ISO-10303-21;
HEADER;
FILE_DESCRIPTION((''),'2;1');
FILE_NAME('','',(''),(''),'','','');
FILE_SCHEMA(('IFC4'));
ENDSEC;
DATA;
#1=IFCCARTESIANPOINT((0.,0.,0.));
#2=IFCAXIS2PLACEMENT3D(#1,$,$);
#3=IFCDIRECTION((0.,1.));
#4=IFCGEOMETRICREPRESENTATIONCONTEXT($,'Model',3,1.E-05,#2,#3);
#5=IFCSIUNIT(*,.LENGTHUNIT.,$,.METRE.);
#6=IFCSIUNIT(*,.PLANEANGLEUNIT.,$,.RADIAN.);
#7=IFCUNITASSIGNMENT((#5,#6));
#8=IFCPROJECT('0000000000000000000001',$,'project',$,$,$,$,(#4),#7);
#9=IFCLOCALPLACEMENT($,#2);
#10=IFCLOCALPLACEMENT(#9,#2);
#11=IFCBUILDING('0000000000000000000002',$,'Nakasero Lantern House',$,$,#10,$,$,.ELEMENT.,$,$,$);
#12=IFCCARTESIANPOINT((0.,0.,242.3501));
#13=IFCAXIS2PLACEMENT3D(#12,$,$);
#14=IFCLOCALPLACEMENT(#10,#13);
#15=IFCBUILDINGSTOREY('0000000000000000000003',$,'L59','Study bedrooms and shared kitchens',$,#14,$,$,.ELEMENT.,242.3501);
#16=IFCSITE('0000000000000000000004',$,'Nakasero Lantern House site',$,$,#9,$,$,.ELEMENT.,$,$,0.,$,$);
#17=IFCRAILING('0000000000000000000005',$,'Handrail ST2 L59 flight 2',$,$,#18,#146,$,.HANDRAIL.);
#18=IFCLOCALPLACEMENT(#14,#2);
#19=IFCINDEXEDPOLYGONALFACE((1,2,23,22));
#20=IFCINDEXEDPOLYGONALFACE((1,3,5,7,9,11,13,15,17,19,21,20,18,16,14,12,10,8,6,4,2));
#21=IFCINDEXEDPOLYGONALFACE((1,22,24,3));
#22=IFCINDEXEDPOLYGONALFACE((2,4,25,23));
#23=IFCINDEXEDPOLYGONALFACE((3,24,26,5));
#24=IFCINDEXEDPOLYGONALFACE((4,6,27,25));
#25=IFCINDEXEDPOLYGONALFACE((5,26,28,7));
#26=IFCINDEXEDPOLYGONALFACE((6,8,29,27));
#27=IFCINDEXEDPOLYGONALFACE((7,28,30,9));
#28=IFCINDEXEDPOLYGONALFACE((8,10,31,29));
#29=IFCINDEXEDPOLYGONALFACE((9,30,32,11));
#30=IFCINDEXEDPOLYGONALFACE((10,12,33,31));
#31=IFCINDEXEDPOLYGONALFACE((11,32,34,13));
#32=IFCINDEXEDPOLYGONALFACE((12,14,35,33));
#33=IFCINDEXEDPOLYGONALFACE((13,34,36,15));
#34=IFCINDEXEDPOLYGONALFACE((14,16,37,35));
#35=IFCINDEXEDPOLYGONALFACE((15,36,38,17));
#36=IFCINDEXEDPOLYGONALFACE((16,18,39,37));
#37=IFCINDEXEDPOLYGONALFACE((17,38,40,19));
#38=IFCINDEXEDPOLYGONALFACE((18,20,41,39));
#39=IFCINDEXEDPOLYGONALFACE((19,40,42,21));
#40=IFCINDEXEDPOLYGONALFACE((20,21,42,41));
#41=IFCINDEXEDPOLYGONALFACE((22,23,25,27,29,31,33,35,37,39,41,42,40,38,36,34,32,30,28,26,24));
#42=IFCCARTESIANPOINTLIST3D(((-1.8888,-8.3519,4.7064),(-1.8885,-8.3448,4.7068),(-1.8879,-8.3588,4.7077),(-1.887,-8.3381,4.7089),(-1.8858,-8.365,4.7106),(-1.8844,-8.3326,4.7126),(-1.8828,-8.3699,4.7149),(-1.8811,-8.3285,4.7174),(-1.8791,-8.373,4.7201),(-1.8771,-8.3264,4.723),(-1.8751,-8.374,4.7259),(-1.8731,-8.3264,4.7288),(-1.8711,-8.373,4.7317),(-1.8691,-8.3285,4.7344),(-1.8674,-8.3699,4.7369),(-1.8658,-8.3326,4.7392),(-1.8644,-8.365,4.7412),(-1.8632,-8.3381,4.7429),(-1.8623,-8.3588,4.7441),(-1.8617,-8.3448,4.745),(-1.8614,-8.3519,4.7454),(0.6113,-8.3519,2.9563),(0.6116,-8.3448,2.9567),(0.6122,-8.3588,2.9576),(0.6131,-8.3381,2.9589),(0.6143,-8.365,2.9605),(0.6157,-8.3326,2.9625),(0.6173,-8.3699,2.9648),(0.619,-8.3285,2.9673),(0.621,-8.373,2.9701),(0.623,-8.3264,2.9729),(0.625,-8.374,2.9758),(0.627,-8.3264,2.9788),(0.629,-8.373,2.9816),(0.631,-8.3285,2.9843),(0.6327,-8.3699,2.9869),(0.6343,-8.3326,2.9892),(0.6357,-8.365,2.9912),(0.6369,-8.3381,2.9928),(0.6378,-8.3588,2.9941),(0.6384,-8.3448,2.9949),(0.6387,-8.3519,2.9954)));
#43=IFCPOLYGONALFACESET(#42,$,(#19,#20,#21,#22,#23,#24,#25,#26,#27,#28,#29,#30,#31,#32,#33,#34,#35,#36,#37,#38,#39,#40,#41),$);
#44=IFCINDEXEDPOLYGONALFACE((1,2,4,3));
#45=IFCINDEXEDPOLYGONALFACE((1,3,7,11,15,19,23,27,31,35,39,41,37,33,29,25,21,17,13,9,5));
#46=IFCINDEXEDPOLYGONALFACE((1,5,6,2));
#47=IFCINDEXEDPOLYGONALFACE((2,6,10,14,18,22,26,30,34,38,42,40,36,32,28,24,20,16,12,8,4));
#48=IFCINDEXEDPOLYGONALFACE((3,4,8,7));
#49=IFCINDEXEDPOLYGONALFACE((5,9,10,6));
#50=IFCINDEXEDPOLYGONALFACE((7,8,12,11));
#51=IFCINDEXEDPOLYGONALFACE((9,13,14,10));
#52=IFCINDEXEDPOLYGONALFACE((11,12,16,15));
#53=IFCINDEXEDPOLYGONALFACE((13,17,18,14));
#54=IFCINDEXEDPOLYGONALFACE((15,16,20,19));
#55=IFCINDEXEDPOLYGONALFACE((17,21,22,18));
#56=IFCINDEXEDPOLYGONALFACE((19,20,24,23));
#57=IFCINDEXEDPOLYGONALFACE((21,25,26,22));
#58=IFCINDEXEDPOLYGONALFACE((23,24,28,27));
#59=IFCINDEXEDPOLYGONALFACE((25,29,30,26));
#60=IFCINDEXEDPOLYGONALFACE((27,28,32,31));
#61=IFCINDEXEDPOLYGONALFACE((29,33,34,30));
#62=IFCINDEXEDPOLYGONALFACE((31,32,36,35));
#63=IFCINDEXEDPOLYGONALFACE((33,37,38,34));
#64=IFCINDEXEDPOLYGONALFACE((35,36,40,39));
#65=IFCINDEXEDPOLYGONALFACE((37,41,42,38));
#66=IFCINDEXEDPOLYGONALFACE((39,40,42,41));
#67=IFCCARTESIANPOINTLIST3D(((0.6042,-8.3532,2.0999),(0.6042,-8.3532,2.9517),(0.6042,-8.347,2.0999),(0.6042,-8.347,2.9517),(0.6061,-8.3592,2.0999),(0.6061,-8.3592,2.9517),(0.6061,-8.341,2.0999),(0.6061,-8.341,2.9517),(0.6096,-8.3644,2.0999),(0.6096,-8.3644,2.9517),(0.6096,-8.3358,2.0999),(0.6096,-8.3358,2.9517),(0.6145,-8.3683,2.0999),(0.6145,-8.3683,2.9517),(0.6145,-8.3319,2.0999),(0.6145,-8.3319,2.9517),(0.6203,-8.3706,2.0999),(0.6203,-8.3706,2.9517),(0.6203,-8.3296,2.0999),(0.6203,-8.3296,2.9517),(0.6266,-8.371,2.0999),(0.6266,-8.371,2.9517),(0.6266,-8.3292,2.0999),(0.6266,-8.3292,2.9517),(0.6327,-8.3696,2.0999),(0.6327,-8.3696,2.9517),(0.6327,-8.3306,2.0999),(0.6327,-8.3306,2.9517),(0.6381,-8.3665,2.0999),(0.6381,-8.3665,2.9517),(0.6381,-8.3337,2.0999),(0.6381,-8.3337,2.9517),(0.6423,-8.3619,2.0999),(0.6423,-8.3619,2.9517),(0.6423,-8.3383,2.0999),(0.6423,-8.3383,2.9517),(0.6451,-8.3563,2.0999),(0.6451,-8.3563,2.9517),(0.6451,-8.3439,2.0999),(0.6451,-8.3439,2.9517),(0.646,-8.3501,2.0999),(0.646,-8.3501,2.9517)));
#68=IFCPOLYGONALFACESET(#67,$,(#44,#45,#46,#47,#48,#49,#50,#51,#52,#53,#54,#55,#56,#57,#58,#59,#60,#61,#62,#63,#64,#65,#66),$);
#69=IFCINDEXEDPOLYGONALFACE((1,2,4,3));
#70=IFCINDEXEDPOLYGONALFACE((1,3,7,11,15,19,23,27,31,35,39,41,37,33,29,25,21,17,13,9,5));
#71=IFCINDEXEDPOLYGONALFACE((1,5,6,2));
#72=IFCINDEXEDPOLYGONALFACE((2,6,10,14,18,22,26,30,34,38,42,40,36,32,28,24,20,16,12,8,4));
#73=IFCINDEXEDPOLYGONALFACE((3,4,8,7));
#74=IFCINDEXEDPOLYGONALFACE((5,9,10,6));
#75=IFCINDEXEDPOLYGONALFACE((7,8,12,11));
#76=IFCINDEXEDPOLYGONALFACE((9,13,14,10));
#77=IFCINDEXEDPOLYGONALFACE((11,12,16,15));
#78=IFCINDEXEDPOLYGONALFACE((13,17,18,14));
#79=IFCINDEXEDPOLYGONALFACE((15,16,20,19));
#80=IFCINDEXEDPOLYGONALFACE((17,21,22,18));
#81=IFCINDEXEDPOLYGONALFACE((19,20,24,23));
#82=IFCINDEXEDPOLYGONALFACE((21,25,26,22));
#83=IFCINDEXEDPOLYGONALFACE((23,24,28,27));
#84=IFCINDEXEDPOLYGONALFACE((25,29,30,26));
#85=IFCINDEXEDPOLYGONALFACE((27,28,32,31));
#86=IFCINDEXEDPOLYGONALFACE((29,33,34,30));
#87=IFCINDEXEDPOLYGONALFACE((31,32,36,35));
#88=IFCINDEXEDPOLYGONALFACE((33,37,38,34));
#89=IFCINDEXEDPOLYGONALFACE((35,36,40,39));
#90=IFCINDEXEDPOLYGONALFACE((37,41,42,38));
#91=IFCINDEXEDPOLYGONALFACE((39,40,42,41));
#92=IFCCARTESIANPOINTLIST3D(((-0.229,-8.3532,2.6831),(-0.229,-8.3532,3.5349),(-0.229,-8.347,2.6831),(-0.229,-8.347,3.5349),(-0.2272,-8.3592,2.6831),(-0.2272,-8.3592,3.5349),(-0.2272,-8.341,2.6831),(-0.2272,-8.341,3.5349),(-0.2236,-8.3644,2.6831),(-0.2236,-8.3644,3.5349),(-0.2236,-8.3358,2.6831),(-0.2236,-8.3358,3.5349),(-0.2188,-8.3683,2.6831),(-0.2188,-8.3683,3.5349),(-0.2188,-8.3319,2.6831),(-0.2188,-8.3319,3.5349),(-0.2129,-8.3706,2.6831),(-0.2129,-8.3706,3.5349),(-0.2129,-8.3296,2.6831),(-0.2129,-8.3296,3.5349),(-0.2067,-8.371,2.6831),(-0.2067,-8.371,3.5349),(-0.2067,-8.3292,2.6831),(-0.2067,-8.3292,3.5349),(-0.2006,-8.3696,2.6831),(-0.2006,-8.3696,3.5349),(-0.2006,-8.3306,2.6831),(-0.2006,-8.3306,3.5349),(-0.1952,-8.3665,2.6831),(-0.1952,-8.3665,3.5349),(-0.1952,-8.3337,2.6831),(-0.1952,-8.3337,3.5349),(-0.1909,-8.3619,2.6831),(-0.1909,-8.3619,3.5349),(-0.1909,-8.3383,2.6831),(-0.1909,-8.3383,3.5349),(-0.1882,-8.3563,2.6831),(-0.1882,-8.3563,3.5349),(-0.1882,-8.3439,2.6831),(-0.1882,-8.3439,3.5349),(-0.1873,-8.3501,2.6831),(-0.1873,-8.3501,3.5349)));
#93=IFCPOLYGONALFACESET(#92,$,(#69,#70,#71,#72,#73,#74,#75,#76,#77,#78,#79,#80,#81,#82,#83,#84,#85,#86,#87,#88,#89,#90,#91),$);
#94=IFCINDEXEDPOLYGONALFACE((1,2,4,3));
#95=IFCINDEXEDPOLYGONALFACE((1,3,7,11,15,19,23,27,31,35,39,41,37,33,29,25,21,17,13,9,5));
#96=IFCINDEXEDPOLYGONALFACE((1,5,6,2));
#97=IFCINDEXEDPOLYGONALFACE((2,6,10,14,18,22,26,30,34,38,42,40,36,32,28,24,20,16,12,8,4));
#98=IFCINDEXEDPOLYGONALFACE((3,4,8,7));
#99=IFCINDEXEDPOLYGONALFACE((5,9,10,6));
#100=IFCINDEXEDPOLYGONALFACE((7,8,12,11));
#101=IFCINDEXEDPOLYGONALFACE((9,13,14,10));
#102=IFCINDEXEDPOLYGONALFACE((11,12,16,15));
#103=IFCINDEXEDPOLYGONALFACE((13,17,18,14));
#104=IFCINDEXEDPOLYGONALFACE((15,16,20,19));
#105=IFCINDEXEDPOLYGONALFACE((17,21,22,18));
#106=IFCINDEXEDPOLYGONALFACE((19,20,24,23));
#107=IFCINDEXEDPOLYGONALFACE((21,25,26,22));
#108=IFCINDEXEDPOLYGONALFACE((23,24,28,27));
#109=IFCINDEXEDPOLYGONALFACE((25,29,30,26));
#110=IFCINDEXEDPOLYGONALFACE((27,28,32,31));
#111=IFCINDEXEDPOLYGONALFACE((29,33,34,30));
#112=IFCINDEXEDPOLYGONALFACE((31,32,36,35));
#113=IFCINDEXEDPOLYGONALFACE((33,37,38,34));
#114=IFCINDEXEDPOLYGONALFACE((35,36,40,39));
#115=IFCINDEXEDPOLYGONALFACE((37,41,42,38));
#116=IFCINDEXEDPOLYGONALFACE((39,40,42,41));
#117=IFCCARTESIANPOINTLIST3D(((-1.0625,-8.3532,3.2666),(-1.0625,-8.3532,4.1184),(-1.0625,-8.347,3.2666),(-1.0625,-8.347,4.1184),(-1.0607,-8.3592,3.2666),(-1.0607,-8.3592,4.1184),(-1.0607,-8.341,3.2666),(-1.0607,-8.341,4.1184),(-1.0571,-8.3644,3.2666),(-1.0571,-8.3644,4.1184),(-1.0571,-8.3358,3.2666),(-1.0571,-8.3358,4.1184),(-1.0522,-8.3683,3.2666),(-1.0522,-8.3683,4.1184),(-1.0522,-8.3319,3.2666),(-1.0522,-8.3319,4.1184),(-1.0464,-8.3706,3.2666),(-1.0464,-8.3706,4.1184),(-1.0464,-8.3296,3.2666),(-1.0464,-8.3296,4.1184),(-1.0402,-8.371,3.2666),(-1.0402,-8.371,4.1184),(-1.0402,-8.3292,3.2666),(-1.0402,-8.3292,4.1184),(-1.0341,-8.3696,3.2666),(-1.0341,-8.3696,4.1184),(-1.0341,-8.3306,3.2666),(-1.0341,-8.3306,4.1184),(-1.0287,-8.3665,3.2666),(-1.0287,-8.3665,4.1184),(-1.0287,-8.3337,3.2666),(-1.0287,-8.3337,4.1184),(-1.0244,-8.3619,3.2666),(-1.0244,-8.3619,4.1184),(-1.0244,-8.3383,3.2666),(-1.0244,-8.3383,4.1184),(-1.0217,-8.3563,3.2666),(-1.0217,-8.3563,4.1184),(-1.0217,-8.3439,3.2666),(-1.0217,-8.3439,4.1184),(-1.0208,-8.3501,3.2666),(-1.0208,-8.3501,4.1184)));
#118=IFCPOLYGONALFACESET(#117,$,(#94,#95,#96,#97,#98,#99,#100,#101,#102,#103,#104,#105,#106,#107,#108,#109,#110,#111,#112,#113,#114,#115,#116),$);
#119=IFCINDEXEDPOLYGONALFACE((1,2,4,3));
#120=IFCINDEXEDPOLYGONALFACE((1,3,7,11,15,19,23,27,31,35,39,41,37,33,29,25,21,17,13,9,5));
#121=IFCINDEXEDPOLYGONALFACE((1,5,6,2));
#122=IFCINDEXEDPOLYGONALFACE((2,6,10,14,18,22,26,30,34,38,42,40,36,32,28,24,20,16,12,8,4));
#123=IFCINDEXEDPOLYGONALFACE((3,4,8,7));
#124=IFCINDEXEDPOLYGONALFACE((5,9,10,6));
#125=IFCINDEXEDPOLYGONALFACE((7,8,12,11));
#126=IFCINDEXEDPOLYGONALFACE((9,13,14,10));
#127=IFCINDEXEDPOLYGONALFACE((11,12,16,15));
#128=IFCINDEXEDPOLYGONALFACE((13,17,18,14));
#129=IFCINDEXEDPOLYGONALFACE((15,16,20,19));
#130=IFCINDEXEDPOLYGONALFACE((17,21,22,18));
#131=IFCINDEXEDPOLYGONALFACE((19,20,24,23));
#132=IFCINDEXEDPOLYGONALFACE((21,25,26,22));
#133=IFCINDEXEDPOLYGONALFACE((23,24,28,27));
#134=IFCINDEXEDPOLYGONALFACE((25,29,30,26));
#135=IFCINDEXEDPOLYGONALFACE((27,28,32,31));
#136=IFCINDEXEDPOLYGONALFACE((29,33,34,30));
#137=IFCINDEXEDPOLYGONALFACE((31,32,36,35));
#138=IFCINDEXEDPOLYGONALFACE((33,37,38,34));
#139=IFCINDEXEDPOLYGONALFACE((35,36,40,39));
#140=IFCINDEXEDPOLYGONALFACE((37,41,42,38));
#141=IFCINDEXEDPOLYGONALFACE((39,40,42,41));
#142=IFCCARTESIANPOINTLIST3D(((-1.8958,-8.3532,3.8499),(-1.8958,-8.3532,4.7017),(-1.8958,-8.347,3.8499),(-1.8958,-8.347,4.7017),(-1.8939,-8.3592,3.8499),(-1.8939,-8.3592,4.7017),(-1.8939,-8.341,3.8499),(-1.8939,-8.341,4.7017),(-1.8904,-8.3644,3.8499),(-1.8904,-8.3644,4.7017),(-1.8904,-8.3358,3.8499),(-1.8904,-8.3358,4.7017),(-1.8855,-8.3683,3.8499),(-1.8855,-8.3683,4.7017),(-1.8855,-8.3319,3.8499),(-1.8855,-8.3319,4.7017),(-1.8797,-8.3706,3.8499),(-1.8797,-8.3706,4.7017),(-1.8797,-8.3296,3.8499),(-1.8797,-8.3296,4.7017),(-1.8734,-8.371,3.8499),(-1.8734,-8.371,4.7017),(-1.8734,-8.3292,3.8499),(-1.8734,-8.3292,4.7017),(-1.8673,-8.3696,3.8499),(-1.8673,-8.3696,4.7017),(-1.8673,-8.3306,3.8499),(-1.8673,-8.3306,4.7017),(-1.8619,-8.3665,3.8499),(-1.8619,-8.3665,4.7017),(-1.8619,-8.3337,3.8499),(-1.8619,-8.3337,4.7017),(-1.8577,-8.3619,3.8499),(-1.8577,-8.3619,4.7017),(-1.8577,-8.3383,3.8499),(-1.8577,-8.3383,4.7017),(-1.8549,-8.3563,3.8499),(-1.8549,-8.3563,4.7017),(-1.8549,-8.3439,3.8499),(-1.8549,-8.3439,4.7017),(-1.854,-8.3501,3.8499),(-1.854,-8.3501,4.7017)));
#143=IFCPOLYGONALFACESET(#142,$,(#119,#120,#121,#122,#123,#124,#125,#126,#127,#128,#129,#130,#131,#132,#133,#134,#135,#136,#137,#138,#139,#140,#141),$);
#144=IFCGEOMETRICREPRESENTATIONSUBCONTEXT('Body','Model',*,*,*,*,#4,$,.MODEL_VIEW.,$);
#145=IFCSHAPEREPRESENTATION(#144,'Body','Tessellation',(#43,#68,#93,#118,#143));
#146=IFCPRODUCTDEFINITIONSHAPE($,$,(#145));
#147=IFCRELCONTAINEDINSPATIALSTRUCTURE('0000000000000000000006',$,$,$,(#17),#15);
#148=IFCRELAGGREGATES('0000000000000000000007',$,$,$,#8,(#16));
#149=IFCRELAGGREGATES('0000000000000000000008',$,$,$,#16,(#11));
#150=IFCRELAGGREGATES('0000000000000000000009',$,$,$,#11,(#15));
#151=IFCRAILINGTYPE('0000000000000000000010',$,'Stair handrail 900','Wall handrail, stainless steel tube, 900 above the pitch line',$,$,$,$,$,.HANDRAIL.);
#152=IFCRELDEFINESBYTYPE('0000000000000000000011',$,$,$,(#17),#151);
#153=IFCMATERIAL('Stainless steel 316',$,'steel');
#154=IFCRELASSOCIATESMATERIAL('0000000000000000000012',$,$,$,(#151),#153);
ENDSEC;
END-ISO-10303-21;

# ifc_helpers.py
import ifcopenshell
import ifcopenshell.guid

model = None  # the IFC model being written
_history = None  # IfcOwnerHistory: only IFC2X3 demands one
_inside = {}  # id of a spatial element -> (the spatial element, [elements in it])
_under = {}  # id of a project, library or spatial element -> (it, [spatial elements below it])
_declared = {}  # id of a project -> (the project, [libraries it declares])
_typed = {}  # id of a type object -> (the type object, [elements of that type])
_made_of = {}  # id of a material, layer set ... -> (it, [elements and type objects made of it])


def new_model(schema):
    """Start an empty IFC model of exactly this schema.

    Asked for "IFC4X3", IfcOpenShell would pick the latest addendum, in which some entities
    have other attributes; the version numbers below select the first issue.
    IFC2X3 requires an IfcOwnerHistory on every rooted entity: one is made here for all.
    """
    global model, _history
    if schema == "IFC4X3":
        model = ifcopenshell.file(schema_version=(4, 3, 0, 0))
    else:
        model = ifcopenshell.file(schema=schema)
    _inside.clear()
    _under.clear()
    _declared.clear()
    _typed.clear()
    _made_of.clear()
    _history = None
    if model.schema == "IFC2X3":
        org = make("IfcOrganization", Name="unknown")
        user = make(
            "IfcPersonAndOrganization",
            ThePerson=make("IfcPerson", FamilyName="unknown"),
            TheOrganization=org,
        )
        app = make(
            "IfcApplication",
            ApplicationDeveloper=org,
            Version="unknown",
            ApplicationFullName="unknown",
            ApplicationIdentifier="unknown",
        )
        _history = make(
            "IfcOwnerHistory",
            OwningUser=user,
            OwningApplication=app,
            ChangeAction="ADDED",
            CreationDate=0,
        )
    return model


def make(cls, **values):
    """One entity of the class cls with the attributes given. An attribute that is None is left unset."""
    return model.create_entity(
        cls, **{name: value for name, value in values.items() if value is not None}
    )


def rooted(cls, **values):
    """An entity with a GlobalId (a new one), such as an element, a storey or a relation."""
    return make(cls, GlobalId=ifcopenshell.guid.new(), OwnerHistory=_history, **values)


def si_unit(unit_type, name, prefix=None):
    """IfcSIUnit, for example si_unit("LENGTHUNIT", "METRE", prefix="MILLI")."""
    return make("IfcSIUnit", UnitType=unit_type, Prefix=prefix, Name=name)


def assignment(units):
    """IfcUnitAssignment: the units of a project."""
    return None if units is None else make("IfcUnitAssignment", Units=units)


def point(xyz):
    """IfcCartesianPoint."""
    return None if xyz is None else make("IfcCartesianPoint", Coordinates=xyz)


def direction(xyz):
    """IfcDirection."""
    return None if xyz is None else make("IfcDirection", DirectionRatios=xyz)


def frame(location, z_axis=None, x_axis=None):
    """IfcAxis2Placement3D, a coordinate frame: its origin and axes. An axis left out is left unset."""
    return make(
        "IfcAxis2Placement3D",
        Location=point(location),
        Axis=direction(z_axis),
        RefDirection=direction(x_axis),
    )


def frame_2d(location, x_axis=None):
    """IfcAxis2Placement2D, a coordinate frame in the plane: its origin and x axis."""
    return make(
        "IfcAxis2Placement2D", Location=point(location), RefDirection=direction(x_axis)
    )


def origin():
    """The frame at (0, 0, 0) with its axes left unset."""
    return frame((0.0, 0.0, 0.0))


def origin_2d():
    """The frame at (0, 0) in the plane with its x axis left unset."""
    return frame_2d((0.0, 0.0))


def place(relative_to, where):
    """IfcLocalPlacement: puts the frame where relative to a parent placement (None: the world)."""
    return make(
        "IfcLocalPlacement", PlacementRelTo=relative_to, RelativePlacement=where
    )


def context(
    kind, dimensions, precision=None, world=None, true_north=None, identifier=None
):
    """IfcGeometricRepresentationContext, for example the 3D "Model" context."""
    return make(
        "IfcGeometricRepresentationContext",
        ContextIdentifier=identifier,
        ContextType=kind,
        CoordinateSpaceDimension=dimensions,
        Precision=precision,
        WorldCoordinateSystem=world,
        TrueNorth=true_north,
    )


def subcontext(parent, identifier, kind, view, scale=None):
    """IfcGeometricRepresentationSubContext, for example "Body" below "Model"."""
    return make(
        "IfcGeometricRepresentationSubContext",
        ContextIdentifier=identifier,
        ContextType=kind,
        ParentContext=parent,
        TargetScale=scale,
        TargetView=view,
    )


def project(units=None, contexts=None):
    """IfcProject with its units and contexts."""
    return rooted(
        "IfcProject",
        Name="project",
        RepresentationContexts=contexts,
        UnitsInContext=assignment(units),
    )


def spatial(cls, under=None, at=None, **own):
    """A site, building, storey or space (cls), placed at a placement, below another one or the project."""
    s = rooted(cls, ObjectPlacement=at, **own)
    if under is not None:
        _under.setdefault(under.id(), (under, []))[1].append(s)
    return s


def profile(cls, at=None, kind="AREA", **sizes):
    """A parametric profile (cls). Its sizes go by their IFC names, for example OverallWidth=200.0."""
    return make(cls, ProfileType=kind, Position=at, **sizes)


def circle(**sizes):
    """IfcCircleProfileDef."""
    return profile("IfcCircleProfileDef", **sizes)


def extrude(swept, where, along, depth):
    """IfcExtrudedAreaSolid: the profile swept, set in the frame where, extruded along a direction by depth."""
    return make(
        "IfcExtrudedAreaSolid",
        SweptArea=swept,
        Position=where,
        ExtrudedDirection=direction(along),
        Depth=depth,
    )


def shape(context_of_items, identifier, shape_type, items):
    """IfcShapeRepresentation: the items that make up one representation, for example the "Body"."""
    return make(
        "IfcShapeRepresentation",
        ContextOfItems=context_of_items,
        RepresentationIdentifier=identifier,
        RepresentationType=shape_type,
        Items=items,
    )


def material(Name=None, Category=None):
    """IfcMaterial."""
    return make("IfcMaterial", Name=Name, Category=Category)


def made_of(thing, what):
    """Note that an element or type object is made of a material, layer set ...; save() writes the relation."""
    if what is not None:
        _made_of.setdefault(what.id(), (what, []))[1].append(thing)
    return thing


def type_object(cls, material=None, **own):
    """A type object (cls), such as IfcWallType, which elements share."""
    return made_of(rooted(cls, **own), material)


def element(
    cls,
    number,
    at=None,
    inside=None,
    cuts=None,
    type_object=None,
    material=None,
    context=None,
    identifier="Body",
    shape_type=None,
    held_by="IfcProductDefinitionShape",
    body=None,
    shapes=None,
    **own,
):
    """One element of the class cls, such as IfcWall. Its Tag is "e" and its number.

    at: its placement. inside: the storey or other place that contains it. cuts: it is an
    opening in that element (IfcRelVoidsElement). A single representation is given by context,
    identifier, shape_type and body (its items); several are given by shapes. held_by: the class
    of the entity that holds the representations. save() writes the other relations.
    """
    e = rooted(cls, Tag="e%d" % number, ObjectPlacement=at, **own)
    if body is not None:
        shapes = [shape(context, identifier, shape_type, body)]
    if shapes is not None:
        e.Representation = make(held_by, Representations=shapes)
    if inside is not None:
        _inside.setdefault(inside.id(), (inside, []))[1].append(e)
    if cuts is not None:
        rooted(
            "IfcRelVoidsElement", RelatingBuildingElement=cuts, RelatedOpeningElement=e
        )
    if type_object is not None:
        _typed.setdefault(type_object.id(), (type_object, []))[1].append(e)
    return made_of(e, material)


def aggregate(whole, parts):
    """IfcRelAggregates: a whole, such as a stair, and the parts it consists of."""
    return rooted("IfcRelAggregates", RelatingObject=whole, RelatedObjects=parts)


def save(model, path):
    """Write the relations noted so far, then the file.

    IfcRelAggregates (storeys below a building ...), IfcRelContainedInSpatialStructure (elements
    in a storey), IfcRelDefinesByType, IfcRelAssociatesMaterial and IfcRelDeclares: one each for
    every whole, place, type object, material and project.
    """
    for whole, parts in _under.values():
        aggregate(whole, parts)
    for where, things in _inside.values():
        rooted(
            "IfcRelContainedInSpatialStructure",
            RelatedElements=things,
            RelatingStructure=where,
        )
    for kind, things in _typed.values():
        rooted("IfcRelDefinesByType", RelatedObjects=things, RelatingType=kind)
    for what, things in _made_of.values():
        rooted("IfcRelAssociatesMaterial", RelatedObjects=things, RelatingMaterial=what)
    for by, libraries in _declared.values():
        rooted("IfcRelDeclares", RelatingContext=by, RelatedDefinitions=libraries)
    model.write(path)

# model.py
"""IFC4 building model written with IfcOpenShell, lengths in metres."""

from ifc_helpers import new_model, si_unit, direction, frame, origin, origin_2d, place, context, subcontext, project, spatial, circle, extrude, material, type_object, element, save


model = new_model("IFC4")

# Units and contexts
model_context = context("Model", 3, precision=1e-05, world=origin(), true_north=direction((0.0, 1.0)))
body_context = subcontext(model_context, "Body", "Model", "MODEL_VIEW")
ifc_project = project(units=[si_unit("LENGTHUNIT", "METRE"), si_unit("PLANEANGLEUNIT", "RADIAN")], contexts=[model_context])

# Site, building, storey
site_placement = place(None, origin())
site = spatial("IfcSite", under=ifc_project, at=site_placement, Name="Nakasero Lantern House site", CompositionType="ELEMENT", RefElevation=0.0)
building_placement = place(site_placement, origin())
building = spatial("IfcBuilding", under=site, at=building_placement, Name="Nakasero Lantern House", CompositionType="ELEMENT")
storey_placement = place(building_placement, frame((0.0, 0.0, 242.3501)))
storey = spatial("IfcBuildingStorey", under=building, at=storey_placement, Name="L59", Description="Study bedrooms and shared kitchens", CompositionType="ELEMENT", Elevation=242.3501)

# Railing
ifc_material_1 = material(Name="Stainless steel 316", Category="steel")
railing_type = type_object("IfcRailingType", Name="Stair handrail 900", Description="Wall handrail, stainless steel tube, 900 above the pitch line", PredefinedType="HANDRAIL", material=ifc_material_1)
railing_placement = place(storey_placement, frame((0.625, -8.3501, 2.0999)))
element("IfcRailing", 1, at=railing_placement, inside=storey, type_object=railing_type, Name="Handrail ST2 L59 flight 2", PredefinedType="HANDRAIL", context=body_context, shape_type="SweptSolid", body=[
    extrude(circle(Radius=0.0239, at=origin_2d()), frame((0.0, 0.0, 0.876), z_axis=(-0.819232, 0.0, 0.573462), x_axis=(0.0, -1.0, 0.0)), (0.0, 0.0, 1.0), 3.0518),
    extrude(circle(Radius=0.021, at=origin_2d()), origin(), (0.0, 0.0, 1.0), 0.8518),
    extrude(circle(Radius=0.021, at=origin_2d()), frame((-0.8333, 0.0, 0.5833)), (0.0, 0.0, 1.0), 0.8518),
    extrude(circle(Radius=0.021, at=origin_2d()), frame((-1.6667, 0.0, 1.1667)), (0.0, 0.0, 1.0), 0.8518),
    extrude(circle(Radius=0.021, at=origin_2d()), frame((-2.5, 0.0, 1.75)), (0.0, 0.0, 1.0), 0.8518),
])

save(model, "model.ifc")
